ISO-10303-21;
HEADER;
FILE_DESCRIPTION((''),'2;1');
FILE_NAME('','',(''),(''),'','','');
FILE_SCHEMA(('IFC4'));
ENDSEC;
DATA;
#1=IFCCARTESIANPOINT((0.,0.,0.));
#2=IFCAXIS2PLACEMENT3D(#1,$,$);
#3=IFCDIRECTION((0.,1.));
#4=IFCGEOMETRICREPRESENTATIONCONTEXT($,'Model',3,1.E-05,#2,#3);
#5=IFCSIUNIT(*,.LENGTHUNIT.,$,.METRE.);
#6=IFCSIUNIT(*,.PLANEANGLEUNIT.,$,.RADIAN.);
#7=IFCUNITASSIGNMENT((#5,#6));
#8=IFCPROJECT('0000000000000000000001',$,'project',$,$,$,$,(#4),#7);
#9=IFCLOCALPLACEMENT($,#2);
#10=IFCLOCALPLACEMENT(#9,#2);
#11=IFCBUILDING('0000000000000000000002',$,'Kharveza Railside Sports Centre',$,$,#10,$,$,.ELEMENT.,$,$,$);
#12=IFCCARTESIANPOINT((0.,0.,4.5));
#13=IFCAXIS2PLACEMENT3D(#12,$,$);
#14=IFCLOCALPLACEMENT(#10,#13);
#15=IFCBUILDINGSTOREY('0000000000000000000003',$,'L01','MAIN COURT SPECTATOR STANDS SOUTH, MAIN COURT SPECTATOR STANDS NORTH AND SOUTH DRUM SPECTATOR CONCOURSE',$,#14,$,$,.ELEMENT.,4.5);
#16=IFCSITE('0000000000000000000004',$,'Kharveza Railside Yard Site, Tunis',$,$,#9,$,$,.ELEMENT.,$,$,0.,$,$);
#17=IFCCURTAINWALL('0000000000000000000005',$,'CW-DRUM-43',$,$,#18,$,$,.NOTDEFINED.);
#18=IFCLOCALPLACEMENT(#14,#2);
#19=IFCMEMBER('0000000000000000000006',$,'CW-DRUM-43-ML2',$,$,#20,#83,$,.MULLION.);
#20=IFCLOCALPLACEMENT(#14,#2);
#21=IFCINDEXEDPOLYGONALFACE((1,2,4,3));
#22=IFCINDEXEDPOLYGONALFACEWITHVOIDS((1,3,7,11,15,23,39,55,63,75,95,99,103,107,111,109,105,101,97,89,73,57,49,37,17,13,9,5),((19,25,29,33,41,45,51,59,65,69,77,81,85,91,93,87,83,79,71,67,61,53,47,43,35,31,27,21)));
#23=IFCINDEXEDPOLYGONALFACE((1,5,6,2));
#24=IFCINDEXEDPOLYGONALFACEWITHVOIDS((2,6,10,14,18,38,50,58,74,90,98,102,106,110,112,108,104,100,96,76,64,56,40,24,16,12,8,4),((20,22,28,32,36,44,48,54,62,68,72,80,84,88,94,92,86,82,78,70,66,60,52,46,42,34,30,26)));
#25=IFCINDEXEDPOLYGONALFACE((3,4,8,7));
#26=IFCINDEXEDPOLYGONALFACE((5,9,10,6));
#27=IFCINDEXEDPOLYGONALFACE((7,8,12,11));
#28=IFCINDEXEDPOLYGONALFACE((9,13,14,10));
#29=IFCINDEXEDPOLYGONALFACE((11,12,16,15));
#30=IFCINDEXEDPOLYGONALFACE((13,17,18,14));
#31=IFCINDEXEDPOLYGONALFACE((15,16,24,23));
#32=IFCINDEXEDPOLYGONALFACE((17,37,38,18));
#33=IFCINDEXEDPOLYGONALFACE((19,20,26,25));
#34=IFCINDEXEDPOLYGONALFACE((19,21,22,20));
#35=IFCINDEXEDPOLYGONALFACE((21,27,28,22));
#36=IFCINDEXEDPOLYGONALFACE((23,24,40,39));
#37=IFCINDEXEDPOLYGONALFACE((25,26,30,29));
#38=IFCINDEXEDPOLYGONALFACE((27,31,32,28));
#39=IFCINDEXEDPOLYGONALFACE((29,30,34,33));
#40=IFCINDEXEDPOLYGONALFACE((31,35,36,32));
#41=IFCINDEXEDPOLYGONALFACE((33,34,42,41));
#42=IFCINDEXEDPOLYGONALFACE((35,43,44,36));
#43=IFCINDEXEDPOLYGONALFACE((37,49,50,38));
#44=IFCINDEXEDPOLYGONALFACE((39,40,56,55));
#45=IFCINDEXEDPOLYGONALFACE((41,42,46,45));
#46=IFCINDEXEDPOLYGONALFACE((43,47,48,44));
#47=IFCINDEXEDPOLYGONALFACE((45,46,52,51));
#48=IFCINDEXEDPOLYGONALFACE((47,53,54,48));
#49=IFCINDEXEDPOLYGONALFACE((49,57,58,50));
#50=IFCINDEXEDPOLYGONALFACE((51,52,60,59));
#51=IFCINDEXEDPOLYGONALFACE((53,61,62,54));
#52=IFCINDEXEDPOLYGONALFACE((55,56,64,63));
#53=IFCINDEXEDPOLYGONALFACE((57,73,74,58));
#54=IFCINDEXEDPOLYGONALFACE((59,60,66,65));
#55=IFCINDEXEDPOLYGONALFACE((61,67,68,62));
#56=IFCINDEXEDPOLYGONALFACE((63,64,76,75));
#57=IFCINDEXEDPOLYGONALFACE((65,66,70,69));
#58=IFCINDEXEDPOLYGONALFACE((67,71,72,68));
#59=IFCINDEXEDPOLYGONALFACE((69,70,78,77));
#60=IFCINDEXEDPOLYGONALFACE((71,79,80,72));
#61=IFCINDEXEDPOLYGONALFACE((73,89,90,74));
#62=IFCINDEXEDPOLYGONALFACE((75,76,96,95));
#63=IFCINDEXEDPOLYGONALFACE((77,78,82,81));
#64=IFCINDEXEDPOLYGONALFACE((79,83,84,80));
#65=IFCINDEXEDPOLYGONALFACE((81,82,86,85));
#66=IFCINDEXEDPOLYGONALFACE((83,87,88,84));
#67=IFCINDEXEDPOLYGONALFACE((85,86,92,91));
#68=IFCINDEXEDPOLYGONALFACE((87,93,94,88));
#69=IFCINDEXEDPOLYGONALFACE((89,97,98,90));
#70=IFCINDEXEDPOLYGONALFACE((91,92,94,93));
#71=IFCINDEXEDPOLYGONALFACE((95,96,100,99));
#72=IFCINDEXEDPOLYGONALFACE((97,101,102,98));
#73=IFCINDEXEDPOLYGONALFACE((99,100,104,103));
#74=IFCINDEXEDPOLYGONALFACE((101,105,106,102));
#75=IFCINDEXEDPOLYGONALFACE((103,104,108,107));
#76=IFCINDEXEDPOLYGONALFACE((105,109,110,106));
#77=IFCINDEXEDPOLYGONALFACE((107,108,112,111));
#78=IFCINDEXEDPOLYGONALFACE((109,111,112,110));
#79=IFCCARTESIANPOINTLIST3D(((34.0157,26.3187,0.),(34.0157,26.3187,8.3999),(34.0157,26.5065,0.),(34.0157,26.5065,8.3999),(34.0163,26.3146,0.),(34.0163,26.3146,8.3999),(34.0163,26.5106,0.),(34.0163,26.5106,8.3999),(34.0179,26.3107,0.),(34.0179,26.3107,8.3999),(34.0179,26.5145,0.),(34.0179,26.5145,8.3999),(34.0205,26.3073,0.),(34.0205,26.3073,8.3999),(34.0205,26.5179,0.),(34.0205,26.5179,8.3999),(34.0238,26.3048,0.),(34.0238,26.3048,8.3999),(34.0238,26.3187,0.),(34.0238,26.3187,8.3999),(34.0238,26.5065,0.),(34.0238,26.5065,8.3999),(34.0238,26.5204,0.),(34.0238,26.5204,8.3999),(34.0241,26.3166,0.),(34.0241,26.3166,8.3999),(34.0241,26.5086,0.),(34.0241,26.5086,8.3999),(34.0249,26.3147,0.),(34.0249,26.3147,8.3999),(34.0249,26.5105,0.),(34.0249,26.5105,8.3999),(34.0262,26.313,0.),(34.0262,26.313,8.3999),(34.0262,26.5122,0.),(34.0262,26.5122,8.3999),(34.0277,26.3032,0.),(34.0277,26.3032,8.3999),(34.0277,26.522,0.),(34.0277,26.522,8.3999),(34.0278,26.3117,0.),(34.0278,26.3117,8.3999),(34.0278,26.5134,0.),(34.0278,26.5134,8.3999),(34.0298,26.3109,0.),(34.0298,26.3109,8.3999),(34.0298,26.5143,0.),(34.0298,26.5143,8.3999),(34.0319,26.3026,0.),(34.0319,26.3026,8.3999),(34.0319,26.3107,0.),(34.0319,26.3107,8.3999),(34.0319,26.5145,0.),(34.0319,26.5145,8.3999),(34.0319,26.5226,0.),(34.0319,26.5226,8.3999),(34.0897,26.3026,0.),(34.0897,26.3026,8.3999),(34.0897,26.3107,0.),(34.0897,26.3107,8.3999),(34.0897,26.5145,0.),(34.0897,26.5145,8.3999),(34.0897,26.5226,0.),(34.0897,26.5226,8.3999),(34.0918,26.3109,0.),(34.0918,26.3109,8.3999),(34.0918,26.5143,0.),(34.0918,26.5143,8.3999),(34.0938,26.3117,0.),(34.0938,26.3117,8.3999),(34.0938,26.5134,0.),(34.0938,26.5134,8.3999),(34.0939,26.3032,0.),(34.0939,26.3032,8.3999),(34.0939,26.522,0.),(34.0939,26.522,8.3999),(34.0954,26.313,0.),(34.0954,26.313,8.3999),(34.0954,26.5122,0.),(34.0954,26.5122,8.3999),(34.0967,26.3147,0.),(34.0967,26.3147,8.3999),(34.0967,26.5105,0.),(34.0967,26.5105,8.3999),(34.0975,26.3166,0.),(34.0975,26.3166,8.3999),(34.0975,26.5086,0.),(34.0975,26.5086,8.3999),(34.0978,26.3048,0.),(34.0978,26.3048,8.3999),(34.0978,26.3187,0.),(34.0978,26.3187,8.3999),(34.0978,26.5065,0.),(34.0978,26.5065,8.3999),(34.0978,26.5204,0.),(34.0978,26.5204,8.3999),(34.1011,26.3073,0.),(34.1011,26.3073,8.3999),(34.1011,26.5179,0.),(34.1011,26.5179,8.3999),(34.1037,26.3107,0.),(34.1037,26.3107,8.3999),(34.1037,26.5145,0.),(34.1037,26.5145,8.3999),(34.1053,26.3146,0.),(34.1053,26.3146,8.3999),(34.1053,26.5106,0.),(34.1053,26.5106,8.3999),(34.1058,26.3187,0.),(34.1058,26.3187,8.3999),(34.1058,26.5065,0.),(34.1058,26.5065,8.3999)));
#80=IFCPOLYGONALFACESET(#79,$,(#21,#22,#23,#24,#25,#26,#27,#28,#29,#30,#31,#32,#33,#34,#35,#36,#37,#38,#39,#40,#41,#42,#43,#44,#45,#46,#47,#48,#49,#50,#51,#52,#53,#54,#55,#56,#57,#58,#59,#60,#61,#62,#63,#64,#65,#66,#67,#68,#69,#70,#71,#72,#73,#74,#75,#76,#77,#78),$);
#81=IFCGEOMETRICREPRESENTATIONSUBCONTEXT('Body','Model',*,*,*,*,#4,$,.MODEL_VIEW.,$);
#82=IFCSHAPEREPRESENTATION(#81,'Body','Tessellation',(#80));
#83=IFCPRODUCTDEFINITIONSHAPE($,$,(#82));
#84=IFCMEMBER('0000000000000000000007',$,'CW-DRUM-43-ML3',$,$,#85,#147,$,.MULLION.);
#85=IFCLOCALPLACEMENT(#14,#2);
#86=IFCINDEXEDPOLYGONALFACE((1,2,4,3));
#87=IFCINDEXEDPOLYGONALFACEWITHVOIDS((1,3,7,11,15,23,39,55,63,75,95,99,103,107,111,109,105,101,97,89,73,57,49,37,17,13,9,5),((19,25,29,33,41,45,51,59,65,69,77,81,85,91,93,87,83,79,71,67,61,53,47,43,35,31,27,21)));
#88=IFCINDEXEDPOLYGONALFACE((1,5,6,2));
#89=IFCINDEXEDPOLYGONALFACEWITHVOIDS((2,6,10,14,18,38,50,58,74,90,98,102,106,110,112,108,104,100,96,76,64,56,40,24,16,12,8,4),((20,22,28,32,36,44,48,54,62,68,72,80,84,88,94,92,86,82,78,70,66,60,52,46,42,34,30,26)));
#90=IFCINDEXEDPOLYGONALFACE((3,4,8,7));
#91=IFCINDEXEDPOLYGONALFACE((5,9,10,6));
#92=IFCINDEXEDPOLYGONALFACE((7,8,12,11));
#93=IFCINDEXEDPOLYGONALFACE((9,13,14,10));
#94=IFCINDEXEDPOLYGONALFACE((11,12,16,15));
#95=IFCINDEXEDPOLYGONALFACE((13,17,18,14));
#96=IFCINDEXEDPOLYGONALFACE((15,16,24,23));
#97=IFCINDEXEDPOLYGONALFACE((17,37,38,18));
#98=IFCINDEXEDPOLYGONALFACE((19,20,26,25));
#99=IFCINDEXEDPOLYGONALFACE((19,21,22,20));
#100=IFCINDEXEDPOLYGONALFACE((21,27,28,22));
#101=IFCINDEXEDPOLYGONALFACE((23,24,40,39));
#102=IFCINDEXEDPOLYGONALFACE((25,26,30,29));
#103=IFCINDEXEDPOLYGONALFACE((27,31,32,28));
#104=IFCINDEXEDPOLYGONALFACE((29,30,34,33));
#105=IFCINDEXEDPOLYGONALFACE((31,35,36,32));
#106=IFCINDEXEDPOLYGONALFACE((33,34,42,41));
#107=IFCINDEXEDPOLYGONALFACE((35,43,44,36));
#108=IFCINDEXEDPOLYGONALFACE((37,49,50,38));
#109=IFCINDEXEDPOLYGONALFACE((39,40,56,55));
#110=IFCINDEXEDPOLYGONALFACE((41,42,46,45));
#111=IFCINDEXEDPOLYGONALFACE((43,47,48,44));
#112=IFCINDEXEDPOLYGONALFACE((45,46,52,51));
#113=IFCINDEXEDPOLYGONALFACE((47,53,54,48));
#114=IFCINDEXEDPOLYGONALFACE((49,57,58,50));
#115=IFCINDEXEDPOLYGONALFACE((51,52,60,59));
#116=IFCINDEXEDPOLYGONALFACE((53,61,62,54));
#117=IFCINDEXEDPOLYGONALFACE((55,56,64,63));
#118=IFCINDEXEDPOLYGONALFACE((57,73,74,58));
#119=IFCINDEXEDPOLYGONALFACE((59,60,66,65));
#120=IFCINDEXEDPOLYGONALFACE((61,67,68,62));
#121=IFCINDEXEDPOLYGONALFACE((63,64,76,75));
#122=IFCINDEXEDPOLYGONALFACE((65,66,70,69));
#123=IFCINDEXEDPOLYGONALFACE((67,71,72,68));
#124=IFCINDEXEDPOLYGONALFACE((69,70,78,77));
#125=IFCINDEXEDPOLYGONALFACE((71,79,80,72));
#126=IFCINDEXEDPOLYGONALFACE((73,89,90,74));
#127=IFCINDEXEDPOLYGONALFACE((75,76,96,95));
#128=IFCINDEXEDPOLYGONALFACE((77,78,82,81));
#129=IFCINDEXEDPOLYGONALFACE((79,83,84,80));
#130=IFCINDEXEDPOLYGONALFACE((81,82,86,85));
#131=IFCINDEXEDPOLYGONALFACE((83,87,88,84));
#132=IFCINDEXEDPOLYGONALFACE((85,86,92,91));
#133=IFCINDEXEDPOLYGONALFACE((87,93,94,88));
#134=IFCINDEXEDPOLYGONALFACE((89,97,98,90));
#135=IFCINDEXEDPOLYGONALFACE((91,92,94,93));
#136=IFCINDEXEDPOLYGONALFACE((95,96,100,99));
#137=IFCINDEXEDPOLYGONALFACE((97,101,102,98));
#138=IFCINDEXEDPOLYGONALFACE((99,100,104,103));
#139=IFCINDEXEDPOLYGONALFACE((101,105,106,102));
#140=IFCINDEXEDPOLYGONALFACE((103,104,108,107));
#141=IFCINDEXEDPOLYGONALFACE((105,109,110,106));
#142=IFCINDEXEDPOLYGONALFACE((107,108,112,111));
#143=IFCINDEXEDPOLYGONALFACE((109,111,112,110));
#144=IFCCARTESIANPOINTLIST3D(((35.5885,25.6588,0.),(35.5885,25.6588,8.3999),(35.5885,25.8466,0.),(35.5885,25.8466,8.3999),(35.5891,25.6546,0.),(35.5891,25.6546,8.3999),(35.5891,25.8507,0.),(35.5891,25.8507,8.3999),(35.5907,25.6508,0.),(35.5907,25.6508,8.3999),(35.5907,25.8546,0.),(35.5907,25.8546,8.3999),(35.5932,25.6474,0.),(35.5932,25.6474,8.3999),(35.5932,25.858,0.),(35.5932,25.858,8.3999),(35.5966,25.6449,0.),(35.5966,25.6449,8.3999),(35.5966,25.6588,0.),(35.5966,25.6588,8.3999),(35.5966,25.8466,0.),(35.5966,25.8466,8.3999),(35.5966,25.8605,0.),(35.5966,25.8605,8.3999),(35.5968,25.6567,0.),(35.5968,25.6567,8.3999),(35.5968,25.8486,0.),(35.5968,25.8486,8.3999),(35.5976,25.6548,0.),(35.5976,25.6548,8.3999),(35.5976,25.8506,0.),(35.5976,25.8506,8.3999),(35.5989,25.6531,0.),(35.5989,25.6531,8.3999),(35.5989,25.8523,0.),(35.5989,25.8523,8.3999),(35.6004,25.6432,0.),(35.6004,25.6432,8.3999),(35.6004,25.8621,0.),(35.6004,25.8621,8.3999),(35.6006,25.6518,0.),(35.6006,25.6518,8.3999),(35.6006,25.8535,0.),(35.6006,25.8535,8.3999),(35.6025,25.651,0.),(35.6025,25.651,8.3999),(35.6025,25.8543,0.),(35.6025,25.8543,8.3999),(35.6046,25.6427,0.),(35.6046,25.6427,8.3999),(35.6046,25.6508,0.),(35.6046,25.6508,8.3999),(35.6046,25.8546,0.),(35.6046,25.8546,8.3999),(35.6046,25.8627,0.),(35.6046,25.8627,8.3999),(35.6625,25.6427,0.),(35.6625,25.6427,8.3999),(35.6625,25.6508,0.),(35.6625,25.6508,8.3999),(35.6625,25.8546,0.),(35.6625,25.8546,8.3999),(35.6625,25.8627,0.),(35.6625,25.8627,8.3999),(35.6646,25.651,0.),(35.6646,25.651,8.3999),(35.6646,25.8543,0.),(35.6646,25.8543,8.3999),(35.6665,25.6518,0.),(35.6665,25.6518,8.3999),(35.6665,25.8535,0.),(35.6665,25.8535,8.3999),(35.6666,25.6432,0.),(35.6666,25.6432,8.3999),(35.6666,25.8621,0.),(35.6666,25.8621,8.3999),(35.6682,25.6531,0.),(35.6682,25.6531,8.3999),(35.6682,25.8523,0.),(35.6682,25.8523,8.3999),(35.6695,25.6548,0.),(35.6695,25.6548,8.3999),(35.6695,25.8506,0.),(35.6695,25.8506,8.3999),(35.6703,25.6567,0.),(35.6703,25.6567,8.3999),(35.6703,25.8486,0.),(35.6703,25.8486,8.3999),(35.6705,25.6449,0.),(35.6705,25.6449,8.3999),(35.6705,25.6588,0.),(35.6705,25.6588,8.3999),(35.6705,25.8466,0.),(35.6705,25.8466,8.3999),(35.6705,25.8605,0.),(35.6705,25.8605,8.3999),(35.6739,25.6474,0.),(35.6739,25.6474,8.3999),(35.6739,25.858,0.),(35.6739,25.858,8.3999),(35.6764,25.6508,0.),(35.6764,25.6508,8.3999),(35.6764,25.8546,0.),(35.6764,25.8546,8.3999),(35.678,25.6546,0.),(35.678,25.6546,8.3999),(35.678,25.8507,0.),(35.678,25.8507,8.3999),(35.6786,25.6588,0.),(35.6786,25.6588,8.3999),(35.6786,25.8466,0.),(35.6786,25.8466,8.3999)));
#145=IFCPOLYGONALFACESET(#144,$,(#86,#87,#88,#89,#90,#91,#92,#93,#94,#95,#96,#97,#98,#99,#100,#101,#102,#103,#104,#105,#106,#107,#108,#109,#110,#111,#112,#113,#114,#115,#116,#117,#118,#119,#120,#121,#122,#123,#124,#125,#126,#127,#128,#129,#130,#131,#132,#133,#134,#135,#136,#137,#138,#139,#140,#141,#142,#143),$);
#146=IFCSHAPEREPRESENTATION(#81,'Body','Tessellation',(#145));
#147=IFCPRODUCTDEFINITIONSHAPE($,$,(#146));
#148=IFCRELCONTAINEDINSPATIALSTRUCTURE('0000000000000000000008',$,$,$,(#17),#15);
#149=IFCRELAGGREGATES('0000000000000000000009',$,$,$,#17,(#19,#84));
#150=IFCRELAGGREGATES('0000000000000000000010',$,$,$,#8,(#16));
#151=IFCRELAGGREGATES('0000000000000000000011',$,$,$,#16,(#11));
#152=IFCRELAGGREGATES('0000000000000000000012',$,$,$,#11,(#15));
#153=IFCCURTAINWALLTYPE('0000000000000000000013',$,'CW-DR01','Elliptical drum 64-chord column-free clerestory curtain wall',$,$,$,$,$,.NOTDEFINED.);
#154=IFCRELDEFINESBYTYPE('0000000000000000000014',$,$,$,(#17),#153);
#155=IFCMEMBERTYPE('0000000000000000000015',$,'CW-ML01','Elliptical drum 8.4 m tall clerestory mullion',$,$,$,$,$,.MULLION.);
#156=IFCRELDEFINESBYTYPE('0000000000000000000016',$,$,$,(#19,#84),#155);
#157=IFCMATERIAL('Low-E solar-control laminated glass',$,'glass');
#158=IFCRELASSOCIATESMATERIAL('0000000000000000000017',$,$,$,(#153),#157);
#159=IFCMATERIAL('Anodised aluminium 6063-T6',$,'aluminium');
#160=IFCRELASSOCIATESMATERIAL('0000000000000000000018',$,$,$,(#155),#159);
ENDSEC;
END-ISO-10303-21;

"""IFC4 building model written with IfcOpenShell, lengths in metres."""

from ifc_helpers import new_model, si_unit, direction, frame, origin, origin_2d, place, context, subcontext, project, spatial, hollow_rectangle, extrude, material, material_profile, profile_set, type_object, element, aggregate, save


model = new_model("IFC4")

# Units and contexts
model_context = context("Model", 3, precision=1e-05, world=origin(), true_north=direction((0.0, 1.0)))
body_context = subcontext(model_context, "Body", "Model", "MODEL_VIEW")
ifc_project = project(units=[si_unit("LENGTHUNIT", "METRE"), si_unit("PLANEANGLEUNIT", "RADIAN")], contexts=[model_context])

# Site, building, storey
site_placement = place(None, origin())
site = spatial("IfcSite", under=ifc_project, at=site_placement, Name="Kharveza Railside Yard Site, Tunis", CompositionType="ELEMENT", RefElevation=0.0)
building_placement = place(site_placement, origin())
building = spatial("IfcBuilding", under=site, at=building_placement, Name="Kharveza Railside Sports Centre", CompositionType="ELEMENT")
storey_placement = place(building_placement, frame((0.0, 0.0, 4.5)))
storey = spatial("IfcBuildingStorey", under=building, at=storey_placement, Name="L01", Description="MAIN COURT SPECTATOR STANDS SOUTH, MAIN COURT SPECTATOR STANDS NORTH AND SOUTH DRUM SPECTATOR CONCOURSE", CompositionType="ELEMENT", Elevation=4.5)

# Shared definitions
ifc_material_1 = material(Name="Low-E solar-control laminated glass", Category="glass")
curtain_wall_type = type_object("IfcCurtainWallType", Name="CW-DR01", Description="Elliptical drum 64-chord column-free clerestory curtain wall", PredefinedType="NOTDEFINED", material=ifc_material_1)
ifc_material_2 = material(Name="Anodised aluminium 6063-T6", Category="aluminium")
ifc_material_profile_1 = material_profile(ifc_material_2, hollow_rectangle(XDim=0.0901, YDim=0.22, WallThickness=0.0081, InnerFilletRadius=0.0081, OuterFilletRadius=0.0161, at=origin_2d()), Name="RHS 90x220x8.0")
ifc_profile_set_1 = profile_set([ifc_material_profile_1], Name="Anodised aluminium 6063-T6")
member_type_1 = type_object("IfcMemberType", Name="CW-ML01", Description="Elliptical drum 8.4 m tall clerestory mullion", PredefinedType="MULLION", material=ifc_profile_set_1)

# Curtain wall, members
curtain_wall_1_placement = place(storey_placement, origin())
curtain_wall_1 = element("IfcCurtainWall", 1, at=curtain_wall_1_placement, inside=storey, type_object=curtain_wall_type, Name="CW-DRUM-43", PredefinedType="NOTDEFINED")
member_1_placement = place(storey_placement, frame((34.0608, 26.4126, 0.0), z_axis=(0.0, 0.0, 1.0), x_axis=(1.0, 0.0, 0.0)))
member_1 = element("IfcMember", 2, at=member_1_placement, type_object=member_type_1, Name="CW-DRUM-43-ML2", PredefinedType="MULLION", context=body_context, shape_type="SweptSolid", body=[
    extrude(hollow_rectangle(XDim=0.0901, YDim=0.22, WallThickness=0.0081, InnerFilletRadius=0.0081, OuterFilletRadius=0.0161, at=origin_2d()), origin(), (0.0, 0.0, 1.0), 8.3999),
])
member_2_placement = place(storey_placement, frame((35.6335, 25.7527, 0.0), z_axis=(0.0, 0.0, 1.0), x_axis=(1.0, 0.0, 0.0)))
member_2 = element("IfcMember", 3, at=member_2_placement, type_object=member_type_1, Name="CW-DRUM-43-ML3", PredefinedType="MULLION", context=body_context, shape_type="SweptSolid", body=[
    extrude(hollow_rectangle(XDim=0.0901, YDim=0.22, WallThickness=0.0081, InnerFilletRadius=0.0081, OuterFilletRadius=0.0161, at=origin_2d()), origin(), (0.0, 0.0, 1.0), 8.3999),
])

aggregate(curtain_wall_1, [member_1, member_2])

save(model, "model.ifc")
